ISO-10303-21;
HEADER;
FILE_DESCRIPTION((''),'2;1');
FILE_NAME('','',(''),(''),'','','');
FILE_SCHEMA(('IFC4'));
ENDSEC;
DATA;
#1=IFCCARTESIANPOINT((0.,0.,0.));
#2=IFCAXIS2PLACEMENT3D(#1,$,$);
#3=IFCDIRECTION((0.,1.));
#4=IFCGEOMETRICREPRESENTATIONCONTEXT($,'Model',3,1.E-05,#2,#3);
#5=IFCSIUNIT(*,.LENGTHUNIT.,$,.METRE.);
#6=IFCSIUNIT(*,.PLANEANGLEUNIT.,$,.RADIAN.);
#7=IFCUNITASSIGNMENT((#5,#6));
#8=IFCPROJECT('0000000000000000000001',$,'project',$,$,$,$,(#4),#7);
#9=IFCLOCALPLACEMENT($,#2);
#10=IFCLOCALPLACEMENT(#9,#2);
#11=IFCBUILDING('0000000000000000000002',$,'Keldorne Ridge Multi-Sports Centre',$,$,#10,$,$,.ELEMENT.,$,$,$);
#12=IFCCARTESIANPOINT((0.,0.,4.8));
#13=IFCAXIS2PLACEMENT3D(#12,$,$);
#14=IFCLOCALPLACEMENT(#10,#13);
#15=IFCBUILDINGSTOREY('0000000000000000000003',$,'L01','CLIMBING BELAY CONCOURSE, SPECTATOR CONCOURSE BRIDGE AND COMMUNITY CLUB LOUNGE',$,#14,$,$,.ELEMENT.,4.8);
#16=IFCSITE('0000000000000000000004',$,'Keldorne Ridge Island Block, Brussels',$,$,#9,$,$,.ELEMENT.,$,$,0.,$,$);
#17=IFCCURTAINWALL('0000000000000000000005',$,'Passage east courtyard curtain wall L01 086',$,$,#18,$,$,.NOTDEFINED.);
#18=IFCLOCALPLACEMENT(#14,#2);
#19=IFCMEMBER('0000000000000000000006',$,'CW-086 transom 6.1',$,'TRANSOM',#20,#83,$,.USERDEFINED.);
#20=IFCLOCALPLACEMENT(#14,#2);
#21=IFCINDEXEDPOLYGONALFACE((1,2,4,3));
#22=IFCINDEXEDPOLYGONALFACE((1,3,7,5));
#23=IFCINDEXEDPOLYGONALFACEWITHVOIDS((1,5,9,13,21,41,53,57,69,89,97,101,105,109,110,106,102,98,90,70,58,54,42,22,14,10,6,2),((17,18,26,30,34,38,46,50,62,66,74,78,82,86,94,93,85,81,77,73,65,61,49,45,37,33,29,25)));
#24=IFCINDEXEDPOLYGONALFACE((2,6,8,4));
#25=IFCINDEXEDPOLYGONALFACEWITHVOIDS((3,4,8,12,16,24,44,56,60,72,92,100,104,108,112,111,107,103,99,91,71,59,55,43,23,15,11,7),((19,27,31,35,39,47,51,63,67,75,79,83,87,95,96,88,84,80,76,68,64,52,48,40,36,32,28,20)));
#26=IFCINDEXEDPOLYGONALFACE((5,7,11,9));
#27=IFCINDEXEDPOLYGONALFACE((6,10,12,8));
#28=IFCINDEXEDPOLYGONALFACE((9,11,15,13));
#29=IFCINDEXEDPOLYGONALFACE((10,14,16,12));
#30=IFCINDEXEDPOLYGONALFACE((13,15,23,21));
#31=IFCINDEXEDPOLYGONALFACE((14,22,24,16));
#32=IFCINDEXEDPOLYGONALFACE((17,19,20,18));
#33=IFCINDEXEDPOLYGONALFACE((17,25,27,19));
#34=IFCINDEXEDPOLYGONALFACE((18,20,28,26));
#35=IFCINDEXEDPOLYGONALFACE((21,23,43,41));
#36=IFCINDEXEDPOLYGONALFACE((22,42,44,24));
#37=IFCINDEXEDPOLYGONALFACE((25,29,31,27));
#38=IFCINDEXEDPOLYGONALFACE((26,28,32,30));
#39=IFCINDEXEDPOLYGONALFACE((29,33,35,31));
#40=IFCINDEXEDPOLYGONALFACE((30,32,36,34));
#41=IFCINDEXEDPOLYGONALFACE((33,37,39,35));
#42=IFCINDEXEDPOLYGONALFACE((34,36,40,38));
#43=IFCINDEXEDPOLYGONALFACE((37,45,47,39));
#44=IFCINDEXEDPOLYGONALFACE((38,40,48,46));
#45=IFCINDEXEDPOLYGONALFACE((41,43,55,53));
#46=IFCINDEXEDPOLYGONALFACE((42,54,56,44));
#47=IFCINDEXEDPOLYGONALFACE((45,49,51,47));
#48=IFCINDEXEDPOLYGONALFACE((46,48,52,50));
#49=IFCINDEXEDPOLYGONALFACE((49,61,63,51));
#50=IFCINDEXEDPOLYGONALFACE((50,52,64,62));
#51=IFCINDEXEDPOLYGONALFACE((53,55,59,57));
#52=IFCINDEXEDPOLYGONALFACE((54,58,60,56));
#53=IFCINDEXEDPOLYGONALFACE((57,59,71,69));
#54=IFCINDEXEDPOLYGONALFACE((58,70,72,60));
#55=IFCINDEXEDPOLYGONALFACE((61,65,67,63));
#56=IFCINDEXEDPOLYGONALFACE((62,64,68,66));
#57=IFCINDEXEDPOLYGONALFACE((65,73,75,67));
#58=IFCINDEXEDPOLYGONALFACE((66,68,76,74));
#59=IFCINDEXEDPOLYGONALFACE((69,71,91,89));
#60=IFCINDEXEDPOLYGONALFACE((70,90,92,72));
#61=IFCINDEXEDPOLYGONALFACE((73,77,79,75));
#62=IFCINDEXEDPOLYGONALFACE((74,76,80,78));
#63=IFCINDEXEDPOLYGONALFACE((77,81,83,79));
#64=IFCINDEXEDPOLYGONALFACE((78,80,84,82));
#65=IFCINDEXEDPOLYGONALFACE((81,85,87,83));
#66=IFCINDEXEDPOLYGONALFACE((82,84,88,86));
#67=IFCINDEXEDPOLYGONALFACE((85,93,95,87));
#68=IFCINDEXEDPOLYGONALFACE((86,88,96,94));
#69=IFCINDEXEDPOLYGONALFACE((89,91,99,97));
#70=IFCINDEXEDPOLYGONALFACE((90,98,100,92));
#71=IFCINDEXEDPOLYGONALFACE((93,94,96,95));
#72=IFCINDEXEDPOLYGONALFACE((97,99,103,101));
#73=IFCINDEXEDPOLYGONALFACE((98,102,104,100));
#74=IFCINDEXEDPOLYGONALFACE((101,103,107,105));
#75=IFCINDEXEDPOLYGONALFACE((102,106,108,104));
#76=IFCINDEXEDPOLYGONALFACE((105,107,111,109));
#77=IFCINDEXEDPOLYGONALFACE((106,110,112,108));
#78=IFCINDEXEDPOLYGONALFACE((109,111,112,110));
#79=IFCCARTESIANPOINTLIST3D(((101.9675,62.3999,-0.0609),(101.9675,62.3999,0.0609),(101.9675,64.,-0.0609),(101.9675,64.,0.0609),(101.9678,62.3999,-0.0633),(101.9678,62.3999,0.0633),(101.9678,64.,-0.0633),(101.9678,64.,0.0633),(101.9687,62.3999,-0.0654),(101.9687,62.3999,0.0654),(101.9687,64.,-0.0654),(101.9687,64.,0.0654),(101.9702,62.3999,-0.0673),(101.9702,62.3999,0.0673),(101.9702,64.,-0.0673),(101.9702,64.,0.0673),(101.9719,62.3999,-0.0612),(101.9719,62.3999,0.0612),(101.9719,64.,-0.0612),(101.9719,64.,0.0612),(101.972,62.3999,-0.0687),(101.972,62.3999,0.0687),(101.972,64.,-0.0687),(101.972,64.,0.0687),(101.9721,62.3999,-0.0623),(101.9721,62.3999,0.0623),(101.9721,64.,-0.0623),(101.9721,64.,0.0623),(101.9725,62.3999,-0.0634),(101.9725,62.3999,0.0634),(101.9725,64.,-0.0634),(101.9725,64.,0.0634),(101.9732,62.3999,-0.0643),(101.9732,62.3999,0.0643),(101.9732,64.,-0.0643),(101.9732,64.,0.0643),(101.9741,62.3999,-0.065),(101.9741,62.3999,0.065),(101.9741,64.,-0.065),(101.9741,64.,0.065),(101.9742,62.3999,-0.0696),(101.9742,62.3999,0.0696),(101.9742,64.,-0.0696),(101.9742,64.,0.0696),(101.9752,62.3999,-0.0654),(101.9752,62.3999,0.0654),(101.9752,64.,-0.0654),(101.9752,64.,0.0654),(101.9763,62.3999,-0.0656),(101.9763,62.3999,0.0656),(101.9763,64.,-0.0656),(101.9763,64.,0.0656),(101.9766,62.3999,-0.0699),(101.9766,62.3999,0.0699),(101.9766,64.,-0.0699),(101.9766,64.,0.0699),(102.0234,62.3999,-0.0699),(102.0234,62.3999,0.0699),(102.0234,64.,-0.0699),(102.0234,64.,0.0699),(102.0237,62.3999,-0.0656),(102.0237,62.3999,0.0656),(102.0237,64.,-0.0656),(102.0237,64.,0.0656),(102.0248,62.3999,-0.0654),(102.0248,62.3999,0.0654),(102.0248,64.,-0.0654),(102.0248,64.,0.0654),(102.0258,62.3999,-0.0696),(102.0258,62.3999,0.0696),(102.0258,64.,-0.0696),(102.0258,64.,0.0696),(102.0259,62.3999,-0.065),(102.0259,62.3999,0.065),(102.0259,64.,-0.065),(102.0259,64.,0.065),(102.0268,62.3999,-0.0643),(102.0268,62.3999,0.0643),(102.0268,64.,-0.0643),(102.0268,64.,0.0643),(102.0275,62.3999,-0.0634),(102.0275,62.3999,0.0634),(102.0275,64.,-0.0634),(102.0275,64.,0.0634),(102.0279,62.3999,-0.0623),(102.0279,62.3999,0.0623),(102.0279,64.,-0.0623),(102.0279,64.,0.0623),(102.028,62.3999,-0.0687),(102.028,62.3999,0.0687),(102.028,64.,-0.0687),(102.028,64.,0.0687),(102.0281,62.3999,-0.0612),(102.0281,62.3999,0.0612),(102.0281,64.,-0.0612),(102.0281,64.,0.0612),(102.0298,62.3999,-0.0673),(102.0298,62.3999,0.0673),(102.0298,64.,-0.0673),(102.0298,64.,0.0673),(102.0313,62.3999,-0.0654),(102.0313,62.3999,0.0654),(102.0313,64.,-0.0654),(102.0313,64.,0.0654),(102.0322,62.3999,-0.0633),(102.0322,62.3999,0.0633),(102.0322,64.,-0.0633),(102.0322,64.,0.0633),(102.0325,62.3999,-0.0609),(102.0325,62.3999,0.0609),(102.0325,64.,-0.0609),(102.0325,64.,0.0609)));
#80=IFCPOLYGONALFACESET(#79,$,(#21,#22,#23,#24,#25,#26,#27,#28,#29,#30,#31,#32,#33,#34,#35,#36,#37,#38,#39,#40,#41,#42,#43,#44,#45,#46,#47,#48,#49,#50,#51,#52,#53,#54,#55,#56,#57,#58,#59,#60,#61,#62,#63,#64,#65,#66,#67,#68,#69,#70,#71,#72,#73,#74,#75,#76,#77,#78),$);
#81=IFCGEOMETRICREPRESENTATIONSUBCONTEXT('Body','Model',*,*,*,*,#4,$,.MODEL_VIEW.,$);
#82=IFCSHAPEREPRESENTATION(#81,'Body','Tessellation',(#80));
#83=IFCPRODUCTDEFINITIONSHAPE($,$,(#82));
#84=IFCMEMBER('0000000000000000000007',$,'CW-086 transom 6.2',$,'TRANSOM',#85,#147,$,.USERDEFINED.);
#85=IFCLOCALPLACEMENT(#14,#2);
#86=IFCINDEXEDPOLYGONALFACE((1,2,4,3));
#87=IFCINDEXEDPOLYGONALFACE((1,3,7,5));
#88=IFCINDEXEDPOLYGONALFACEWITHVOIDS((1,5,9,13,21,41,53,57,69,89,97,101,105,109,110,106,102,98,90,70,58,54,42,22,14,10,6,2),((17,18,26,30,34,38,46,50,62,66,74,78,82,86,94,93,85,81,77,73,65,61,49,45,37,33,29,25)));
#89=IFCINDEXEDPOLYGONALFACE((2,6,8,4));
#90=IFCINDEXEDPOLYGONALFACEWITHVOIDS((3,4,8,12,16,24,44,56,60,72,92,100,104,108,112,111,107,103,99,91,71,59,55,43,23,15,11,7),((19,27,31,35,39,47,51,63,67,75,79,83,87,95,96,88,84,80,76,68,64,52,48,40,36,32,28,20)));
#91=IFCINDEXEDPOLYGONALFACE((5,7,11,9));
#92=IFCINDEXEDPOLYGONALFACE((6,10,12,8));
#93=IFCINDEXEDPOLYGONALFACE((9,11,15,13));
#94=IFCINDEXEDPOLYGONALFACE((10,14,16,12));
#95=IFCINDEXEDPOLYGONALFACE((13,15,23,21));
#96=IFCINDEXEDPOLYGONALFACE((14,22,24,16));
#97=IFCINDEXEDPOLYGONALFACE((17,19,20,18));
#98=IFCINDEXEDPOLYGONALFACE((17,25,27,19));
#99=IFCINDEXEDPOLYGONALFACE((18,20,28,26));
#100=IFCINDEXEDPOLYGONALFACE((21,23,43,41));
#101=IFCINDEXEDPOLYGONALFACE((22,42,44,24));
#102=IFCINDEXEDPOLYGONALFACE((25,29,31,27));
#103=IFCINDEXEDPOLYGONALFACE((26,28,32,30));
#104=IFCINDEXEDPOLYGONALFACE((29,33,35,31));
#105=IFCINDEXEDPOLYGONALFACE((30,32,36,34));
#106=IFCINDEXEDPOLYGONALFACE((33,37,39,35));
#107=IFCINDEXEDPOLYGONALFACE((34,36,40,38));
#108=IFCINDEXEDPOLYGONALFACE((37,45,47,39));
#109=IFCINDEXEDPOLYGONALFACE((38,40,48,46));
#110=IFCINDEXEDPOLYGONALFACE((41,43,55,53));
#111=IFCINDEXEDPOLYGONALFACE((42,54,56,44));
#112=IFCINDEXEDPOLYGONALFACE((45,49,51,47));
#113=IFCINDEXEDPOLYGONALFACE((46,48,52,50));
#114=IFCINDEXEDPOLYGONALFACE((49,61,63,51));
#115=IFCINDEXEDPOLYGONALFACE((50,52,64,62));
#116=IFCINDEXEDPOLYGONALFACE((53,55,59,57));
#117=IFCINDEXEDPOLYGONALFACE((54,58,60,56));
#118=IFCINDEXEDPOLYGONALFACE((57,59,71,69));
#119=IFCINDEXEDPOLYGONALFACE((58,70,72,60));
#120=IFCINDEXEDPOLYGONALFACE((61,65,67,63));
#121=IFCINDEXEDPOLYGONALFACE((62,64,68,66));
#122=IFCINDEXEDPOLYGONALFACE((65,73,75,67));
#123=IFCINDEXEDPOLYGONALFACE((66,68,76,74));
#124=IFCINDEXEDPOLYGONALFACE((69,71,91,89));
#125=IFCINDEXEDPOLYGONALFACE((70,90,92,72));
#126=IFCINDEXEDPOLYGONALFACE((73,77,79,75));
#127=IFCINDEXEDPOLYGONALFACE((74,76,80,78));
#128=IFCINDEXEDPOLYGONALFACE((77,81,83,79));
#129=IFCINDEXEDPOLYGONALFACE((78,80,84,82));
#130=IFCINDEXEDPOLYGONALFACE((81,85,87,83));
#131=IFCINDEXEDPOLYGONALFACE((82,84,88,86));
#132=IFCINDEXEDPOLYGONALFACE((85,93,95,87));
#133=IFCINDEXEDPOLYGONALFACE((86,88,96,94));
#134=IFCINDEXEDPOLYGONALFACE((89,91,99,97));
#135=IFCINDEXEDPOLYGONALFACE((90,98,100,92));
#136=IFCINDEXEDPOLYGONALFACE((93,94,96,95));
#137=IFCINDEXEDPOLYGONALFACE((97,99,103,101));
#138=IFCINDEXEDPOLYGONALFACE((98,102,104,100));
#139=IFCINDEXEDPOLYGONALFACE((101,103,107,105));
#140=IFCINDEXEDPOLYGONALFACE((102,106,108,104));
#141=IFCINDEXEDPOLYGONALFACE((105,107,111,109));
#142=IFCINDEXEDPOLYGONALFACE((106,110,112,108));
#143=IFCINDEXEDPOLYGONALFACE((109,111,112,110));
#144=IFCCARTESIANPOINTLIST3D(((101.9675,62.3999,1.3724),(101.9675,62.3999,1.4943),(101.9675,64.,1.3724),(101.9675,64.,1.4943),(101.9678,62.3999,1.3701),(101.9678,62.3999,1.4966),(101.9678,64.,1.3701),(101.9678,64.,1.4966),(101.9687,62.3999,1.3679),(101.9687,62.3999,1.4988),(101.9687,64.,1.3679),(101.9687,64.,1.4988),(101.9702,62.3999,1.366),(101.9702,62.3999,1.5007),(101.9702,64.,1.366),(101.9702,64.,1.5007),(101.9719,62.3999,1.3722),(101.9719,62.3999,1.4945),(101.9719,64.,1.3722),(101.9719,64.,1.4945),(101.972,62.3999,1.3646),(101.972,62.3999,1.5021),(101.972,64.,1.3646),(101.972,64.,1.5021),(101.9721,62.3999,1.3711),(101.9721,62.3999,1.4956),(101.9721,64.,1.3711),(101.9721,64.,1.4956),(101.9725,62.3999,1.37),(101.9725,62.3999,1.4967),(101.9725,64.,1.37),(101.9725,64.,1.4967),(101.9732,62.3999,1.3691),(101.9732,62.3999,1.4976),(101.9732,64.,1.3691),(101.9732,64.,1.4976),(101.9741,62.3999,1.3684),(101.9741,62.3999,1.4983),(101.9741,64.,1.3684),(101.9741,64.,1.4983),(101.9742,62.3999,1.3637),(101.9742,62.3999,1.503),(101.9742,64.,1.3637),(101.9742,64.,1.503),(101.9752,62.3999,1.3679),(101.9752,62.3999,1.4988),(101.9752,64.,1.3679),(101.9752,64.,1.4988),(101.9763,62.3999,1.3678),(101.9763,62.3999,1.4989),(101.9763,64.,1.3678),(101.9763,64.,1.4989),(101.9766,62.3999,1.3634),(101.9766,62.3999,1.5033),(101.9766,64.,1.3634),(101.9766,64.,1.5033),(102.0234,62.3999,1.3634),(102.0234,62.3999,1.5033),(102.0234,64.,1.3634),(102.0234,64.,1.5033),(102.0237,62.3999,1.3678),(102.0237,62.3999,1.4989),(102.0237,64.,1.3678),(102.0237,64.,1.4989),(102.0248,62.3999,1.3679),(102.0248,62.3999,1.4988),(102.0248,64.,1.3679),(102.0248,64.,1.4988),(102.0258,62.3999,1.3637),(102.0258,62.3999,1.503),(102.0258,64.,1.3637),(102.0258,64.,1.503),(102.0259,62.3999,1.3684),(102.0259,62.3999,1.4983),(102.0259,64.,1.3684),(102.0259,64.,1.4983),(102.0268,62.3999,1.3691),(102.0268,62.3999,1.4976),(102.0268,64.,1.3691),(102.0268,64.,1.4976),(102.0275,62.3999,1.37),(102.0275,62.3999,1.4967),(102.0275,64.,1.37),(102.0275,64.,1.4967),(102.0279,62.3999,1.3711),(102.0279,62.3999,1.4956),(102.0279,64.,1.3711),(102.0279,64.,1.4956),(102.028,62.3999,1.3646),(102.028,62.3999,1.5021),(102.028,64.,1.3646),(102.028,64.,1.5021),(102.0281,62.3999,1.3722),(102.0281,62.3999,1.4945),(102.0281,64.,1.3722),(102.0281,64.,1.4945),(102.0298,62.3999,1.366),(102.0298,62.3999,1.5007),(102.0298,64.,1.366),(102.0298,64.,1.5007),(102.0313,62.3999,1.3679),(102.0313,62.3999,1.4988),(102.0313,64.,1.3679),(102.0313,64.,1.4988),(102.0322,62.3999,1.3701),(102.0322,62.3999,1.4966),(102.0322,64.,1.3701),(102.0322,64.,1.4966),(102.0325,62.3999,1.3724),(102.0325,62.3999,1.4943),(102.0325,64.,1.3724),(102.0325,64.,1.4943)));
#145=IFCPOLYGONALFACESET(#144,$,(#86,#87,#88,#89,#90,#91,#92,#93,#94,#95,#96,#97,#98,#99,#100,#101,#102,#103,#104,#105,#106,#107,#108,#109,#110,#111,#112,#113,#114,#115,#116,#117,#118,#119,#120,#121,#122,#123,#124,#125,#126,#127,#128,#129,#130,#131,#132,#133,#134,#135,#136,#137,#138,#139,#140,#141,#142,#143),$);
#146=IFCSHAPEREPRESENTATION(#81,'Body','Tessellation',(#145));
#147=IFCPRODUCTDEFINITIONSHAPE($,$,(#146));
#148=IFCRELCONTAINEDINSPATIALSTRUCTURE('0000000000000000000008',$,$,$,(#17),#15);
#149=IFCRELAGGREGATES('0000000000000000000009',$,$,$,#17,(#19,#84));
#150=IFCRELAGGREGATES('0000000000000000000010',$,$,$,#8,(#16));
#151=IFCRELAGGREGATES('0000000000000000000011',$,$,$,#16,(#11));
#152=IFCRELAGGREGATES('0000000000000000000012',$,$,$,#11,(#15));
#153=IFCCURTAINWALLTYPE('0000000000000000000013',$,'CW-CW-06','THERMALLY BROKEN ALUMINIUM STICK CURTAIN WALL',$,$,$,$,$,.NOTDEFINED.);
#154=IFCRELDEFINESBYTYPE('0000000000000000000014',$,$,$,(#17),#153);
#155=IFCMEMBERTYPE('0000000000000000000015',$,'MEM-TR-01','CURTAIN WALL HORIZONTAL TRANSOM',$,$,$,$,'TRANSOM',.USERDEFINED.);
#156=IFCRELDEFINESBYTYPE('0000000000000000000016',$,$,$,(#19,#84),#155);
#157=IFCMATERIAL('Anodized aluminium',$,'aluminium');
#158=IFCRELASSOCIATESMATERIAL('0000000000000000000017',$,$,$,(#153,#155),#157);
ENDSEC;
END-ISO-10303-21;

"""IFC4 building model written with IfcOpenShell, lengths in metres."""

from ifc_helpers import new_model, si_unit, direction, frame, origin, origin_2d, place, context, subcontext, project, spatial, hollow_rectangle, extrude, material, material_profile, profile_set, type_object, element, aggregate, save


model = new_model("IFC4")

# Units and contexts
model_context = context("Model", 3, precision=1e-05, world=origin(), true_north=direction((0.0, 1.0)))
body_context = subcontext(model_context, "Body", "Model", "MODEL_VIEW")
ifc_project = project(units=[si_unit("LENGTHUNIT", "METRE"), si_unit("PLANEANGLEUNIT", "RADIAN")], contexts=[model_context])

# Site, building, storey
site_placement = place(None, origin())
site = spatial("IfcSite", under=ifc_project, at=site_placement, Name="Keldorne Ridge Island Block, Brussels", CompositionType="ELEMENT", RefElevation=0.0)
building_placement = place(site_placement, origin())
building = spatial("IfcBuilding", under=site, at=building_placement, Name="Keldorne Ridge Multi-Sports Centre", CompositionType="ELEMENT")
storey_placement = place(building_placement, frame((0.0, 0.0, 4.8)))
storey = spatial("IfcBuildingStorey", under=building, at=storey_placement, Name="L01", Description="CLIMBING BELAY CONCOURSE, SPECTATOR CONCOURSE BRIDGE AND COMMUNITY CLUB LOUNGE", CompositionType="ELEMENT", Elevation=4.8)

# Curtain wall, members
ifc_material_1 = material(Name="Anodized aluminium", Category="aluminium")
curtain_wall_type = type_object("IfcCurtainWallType", Name="CW-CW-06", Description="THERMALLY BROKEN ALUMINIUM STICK CURTAIN WALL", PredefinedType="NOTDEFINED", material=ifc_material_1)
curtain_wall_placement = place(storey_placement, origin())
curtain_wall = element("IfcCurtainWall", 1, at=curtain_wall_placement, inside=storey, type_object=curtain_wall_type, Name="Passage east courtyard curtain wall L01 086", PredefinedType="NOTDEFINED")
ifc_material_profile_1 = material_profile(ifc_material_1, hollow_rectangle(XDim=0.0649, YDim=0.1399, WallThickness=0.0044, InnerFilletRadius=0.0044, OuterFilletRadius=0.009, at=origin_2d()), Name="ALU TRANSOM 140x65x4.5")
ifc_profile_set_1 = profile_set([ifc_material_profile_1], Name="Anodized aluminium")
member_type_1 = type_object("IfcMemberType", Name="MEM-TR-01", Description="CURTAIN WALL HORIZONTAL TRANSOM", ElementType="TRANSOM", PredefinedType="USERDEFINED", material=ifc_profile_set_1)
member_1_placement = place(storey_placement, frame((102.0, 62.3999, 0.0), z_axis=(0.0, 1.0, 0.0), x_axis=(-1.0, 0.0, 0.0)))
member_1 = element("IfcMember", 2, at=member_1_placement, type_object=member_type_1, Name="CW-086 transom 6.1", ObjectType="TRANSOM", PredefinedType="USERDEFINED", context=body_context, shape_type="SweptSolid", body=[
    extrude(hollow_rectangle(XDim=0.0649, YDim=0.1399, WallThickness=0.0044, InnerFilletRadius=0.0044, OuterFilletRadius=0.009, at=origin_2d()), origin(), (0.0, 0.0, 1.0), 1.6001),
])
member_2_placement = place(storey_placement, frame((102.0, 62.3999, 1.4333), z_axis=(0.0, 1.0, 0.0), x_axis=(-1.0, 0.0, 0.0)))
member_2 = element("IfcMember", 3, at=member_2_placement, type_object=member_type_1, Name="CW-086 transom 6.2", ObjectType="TRANSOM", PredefinedType="USERDEFINED", context=body_context, shape_type="SweptSolid", body=[
    extrude(hollow_rectangle(XDim=0.0649, YDim=0.1399, WallThickness=0.0044, InnerFilletRadius=0.0044, OuterFilletRadius=0.009, at=origin_2d()), origin(), (0.0, 0.0, 1.0), 1.6001),
])
aggregate(curtain_wall, [member_1, member_2])

save(model, "model.ifc")
